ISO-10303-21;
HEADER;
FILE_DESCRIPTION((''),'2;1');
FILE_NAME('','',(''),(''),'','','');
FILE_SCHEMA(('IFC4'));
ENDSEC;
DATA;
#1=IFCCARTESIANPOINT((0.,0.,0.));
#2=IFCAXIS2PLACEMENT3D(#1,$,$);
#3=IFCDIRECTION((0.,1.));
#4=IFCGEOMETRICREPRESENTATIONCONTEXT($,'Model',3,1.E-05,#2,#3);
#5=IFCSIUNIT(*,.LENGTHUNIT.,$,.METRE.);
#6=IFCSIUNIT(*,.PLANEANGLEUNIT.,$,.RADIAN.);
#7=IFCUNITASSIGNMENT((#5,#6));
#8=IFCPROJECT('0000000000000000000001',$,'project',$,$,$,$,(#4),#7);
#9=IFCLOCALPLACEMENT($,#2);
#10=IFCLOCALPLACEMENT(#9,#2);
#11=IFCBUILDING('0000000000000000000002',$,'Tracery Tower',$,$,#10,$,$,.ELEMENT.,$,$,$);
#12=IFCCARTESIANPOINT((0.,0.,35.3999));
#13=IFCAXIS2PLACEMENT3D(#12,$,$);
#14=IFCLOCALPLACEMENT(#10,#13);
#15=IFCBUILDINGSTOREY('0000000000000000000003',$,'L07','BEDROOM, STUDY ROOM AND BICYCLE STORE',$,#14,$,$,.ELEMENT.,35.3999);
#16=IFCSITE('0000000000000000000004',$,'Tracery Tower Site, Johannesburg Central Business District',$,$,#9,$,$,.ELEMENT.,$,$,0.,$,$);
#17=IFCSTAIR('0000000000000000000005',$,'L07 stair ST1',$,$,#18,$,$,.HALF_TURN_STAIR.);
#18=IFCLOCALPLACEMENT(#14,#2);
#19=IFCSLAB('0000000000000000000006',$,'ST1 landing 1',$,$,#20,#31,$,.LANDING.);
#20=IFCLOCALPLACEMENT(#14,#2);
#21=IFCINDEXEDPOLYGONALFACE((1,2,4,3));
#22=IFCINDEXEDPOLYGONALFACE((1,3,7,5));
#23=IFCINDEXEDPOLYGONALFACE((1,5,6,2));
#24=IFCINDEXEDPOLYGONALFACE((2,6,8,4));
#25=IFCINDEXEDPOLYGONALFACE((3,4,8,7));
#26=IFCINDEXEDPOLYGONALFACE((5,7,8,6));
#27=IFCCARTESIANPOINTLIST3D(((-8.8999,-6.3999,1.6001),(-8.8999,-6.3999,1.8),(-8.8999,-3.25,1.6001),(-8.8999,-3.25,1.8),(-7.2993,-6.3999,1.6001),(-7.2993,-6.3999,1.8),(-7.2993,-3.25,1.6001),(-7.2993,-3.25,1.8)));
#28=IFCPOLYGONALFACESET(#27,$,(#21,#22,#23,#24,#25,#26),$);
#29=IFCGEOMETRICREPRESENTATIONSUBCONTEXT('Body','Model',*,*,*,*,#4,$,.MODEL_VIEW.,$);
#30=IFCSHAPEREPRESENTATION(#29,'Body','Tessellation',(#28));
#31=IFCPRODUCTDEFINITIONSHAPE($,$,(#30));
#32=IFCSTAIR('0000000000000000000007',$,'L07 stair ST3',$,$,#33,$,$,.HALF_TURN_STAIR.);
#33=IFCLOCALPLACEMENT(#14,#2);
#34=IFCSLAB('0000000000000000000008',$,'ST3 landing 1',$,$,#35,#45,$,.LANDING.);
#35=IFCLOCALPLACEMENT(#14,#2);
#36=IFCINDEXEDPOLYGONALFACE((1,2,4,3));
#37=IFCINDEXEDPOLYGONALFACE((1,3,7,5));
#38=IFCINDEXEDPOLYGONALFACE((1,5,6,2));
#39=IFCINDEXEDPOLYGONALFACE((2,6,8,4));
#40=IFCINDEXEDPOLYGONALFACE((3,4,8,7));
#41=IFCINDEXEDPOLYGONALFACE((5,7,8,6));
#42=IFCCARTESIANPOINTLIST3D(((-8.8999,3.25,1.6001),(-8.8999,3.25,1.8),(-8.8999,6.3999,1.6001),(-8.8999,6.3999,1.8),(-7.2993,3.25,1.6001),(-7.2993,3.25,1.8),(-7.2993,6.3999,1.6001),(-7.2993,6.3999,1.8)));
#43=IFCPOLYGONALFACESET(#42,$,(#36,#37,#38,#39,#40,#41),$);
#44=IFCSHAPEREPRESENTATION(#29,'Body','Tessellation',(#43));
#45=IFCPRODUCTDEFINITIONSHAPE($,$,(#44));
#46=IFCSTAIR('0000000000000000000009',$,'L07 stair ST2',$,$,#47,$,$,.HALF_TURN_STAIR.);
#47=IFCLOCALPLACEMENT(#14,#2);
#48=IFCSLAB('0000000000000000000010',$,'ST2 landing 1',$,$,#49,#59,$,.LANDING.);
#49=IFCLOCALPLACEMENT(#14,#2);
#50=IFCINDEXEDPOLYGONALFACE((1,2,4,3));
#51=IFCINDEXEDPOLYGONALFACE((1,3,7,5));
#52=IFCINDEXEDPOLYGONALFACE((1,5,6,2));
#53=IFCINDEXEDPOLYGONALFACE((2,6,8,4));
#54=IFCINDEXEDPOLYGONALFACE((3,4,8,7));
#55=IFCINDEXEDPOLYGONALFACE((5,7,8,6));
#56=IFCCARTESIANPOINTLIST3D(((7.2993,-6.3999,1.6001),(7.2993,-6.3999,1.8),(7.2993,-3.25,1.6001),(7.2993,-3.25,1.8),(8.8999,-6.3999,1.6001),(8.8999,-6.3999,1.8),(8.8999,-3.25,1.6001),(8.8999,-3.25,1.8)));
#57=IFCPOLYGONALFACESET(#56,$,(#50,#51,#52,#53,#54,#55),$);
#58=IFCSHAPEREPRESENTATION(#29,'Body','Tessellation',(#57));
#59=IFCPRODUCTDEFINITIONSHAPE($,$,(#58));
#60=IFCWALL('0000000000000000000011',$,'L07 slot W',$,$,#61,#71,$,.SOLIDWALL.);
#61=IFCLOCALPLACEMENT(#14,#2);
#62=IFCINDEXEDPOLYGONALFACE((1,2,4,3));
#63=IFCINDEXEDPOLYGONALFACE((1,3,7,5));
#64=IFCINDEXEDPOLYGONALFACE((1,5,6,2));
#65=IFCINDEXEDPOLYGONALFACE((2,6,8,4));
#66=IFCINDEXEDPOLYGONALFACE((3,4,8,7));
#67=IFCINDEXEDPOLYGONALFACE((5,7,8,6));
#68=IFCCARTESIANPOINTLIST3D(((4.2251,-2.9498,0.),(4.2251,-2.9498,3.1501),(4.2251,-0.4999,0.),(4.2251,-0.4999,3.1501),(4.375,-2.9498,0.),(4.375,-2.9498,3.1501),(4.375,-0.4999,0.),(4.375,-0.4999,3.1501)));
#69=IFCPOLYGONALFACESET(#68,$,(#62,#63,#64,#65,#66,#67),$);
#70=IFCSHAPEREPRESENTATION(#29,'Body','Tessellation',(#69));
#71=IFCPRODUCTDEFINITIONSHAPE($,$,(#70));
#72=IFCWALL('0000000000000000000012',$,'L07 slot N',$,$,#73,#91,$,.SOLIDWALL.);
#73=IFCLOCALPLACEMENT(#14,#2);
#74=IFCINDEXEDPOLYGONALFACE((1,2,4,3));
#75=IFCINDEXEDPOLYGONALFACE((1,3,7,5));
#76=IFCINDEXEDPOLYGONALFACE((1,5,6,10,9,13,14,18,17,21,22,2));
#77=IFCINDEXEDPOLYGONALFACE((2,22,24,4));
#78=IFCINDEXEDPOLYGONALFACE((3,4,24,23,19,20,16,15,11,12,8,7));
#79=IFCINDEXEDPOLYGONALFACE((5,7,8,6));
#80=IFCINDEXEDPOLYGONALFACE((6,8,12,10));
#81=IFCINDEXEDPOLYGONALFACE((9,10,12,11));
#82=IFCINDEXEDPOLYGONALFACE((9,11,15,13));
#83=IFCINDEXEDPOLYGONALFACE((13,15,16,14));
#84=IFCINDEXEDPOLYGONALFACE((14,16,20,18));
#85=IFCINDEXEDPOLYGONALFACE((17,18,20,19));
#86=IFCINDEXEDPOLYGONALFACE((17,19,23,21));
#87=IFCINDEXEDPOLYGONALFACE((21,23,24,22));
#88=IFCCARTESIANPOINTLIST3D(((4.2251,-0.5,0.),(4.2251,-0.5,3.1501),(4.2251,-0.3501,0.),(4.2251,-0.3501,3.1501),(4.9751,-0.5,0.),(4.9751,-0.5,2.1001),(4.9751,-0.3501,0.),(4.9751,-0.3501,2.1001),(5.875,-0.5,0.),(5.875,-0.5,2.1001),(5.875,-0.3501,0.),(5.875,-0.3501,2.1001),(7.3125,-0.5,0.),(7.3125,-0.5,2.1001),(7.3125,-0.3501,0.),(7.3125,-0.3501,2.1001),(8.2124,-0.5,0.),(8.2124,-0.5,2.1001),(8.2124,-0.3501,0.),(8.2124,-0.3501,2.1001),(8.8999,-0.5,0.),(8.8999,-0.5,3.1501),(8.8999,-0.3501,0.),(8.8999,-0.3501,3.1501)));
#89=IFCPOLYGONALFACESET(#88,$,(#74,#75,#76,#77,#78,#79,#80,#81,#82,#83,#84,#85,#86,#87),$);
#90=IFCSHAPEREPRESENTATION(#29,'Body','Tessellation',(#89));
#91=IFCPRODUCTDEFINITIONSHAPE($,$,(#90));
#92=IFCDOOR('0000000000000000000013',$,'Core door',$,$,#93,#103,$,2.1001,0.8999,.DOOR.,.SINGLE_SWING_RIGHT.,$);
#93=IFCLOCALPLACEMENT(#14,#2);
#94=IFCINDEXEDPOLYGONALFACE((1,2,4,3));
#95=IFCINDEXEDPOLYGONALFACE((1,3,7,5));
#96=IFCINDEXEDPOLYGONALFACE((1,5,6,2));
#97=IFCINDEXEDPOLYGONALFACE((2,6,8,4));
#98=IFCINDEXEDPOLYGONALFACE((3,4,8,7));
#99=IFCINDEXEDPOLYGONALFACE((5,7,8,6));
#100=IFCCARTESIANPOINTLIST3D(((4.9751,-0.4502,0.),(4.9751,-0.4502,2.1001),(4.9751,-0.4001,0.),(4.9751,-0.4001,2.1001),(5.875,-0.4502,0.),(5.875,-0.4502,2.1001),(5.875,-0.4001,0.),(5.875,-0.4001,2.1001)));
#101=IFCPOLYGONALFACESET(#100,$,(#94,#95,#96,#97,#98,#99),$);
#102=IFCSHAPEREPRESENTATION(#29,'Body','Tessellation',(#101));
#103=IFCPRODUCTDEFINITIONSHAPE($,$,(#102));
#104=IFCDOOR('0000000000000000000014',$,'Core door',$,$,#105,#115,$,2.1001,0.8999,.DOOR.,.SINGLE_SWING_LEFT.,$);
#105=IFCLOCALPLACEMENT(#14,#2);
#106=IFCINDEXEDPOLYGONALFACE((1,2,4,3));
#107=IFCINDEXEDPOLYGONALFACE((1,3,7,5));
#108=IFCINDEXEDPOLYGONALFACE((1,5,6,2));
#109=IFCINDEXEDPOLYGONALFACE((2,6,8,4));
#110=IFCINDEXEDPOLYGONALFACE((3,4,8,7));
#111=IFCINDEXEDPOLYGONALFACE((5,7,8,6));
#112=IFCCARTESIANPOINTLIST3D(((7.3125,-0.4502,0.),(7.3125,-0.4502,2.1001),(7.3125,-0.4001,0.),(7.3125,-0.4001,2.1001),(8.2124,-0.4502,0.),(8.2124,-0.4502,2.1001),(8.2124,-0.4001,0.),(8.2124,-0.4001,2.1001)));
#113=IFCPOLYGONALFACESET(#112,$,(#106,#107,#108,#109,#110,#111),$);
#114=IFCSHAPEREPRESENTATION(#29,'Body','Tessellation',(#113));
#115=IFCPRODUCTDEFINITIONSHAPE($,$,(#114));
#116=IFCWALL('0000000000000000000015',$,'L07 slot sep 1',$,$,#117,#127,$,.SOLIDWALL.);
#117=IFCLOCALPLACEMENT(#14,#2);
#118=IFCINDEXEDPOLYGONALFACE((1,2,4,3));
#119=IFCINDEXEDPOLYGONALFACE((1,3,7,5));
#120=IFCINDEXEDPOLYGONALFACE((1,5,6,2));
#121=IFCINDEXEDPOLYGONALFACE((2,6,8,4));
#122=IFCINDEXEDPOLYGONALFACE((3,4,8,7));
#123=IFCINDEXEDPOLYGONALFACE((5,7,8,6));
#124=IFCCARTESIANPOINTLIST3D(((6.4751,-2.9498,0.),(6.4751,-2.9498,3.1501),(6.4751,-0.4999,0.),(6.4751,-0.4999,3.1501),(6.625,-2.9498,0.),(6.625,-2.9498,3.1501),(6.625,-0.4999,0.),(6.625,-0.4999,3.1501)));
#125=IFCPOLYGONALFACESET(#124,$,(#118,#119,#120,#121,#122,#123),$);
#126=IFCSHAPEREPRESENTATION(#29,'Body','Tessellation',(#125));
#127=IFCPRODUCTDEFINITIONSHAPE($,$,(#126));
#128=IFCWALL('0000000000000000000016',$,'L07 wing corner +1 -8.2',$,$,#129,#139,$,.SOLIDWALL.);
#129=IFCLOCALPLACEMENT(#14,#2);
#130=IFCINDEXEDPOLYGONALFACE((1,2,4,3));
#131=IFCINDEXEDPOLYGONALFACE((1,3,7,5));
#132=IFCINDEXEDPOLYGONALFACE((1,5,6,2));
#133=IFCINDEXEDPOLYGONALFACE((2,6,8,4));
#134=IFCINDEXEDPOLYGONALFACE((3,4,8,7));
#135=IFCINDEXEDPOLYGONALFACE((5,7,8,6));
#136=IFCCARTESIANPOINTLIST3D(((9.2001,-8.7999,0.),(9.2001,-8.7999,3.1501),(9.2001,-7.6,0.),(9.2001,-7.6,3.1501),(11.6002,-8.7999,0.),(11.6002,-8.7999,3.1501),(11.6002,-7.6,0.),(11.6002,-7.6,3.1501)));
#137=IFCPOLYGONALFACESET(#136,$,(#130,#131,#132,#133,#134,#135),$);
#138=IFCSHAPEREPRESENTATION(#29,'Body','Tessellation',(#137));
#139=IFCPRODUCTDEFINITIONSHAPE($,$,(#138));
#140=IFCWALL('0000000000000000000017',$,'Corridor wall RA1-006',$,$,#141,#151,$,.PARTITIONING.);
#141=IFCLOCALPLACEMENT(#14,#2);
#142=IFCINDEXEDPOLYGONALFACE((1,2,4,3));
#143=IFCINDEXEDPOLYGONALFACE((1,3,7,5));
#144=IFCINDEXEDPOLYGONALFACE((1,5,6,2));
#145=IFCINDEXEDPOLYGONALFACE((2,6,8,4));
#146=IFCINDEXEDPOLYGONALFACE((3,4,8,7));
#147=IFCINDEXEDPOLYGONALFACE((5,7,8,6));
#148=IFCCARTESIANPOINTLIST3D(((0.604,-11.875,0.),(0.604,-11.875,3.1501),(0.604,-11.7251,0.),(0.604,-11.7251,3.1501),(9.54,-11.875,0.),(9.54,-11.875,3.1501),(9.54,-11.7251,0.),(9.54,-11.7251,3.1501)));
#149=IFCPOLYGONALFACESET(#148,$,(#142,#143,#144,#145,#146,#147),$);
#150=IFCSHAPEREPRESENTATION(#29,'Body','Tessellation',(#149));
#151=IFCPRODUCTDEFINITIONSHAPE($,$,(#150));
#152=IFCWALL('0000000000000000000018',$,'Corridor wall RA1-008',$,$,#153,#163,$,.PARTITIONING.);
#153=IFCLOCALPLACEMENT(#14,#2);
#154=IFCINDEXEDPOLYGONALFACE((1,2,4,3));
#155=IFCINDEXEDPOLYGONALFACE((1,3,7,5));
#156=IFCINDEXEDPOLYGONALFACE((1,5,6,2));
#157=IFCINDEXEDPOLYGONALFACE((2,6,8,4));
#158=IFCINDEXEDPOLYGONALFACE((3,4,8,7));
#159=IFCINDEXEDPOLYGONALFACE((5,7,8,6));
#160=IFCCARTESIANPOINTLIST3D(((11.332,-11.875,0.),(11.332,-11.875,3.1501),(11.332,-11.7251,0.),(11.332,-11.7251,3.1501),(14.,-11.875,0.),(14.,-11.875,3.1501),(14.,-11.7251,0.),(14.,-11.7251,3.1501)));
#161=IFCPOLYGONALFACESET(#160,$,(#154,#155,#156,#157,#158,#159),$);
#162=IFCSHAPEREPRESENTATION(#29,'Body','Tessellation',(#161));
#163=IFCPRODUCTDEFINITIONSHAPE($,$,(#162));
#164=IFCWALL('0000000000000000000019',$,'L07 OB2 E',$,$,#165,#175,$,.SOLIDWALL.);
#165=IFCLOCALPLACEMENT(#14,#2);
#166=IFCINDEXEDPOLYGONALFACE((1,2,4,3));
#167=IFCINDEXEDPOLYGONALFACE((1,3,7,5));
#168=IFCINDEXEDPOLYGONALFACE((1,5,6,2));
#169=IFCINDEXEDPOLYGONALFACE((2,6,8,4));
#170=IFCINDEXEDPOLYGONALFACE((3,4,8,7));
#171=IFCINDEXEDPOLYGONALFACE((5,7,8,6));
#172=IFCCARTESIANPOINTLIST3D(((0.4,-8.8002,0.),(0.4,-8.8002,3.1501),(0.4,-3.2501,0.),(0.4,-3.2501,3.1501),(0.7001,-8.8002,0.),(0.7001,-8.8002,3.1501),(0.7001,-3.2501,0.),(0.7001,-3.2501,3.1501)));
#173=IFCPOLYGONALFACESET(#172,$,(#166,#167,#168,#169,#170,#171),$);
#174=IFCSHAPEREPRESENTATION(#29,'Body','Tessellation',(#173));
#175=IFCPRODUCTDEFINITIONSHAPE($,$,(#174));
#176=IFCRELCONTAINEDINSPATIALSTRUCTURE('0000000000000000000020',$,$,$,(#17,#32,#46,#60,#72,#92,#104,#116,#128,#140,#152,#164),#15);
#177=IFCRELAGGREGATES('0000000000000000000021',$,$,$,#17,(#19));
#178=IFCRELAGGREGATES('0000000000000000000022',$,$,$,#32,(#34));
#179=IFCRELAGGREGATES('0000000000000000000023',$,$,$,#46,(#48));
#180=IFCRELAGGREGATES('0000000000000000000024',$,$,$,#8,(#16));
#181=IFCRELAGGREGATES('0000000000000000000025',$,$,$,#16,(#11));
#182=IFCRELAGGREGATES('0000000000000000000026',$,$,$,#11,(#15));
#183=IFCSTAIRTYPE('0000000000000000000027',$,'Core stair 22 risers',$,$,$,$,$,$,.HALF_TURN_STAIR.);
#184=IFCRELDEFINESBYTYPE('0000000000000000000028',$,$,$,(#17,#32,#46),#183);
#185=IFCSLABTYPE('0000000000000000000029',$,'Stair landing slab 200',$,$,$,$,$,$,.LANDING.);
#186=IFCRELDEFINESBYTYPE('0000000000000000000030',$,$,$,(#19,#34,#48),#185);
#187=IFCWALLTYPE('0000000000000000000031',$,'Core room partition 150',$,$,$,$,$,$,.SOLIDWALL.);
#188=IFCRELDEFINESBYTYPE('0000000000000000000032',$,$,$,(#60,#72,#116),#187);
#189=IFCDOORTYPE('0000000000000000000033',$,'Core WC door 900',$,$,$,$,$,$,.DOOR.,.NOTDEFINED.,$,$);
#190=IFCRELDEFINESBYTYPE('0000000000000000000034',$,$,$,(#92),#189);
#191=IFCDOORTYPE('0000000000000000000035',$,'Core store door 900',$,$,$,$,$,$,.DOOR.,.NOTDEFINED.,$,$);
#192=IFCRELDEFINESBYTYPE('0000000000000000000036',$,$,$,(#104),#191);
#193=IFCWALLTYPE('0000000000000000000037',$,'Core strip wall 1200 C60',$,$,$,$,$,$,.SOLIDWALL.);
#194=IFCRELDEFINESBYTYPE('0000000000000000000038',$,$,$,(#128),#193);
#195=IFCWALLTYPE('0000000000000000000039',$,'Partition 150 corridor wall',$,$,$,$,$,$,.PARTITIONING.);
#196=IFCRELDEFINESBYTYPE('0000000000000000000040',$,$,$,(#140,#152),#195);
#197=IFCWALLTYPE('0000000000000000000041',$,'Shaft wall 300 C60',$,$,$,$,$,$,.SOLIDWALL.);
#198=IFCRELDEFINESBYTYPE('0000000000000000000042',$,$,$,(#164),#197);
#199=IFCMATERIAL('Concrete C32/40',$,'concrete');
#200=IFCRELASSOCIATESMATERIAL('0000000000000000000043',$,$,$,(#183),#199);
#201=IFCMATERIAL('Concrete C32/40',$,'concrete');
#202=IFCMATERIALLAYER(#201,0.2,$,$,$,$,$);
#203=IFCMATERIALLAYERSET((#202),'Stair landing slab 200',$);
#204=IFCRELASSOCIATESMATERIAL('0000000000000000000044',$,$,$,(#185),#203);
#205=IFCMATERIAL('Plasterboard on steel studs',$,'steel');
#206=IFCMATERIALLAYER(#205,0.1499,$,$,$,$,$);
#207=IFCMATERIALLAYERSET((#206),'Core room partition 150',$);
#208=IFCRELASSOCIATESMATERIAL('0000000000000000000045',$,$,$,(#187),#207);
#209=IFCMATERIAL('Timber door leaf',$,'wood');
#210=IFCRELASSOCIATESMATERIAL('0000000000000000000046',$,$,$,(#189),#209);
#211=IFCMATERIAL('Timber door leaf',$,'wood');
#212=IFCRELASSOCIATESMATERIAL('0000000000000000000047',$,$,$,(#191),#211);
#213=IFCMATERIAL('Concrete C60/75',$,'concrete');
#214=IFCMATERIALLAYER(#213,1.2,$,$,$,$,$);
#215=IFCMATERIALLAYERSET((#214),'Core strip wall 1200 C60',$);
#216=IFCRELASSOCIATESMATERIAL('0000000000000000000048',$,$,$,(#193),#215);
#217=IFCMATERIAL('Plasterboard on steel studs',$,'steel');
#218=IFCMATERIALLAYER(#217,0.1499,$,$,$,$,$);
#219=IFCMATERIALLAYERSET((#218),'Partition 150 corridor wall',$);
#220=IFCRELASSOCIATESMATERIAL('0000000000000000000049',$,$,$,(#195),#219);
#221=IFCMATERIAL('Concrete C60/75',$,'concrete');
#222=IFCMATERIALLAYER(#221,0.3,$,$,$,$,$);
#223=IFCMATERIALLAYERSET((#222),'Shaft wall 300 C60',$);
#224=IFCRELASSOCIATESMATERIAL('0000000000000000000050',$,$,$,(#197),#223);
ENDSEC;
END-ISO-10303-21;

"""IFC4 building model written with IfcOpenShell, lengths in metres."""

from ifc_helpers import new_model, si_unit, direction, frame, frame_2d, origin, place, context, subcontext, project, spatial, polyline, rectangle, outline, extrude, material, layer, layer_set, type_object, element, fill, aggregate, save


model = new_model("IFC4")

# Units and contexts
model_context = context("Model", 3, precision=1e-05, world=origin(), true_north=direction((0.0, 1.0)))
body_context = subcontext(model_context, "Body", "Model", "MODEL_VIEW")
ifc_project = project(units=[si_unit("LENGTHUNIT", "METRE"), si_unit("PLANEANGLEUNIT", "RADIAN")], contexts=[model_context])

# Site, building, storey
site_placement = place(None, origin())
site = spatial("IfcSite", under=ifc_project, at=site_placement, Name="Tracery Tower Site, Johannesburg Central Business District", CompositionType="ELEMENT", RefElevation=0.0)
building_placement = place(site_placement, origin())
building = spatial("IfcBuilding", under=site, at=building_placement, Name="Tracery Tower", CompositionType="ELEMENT")
storey_placement = place(building_placement, frame((0.0, 0.0, 35.3999)))
storey = spatial("IfcBuildingStorey", under=building, at=storey_placement, Name="L07", Description="BEDROOM, STUDY ROOM AND BICYCLE STORE", CompositionType="ELEMENT", Elevation=35.3999)

# Stairs, slabs
ifc_material_1 = material(Name="Concrete C32/40", Category="concrete")
stair_type = type_object("IfcStairType", Name="Core stair 22 risers", PredefinedType="HALF_TURN_STAIR", material=ifc_material_1)
stair_1_placement = place(storey_placement, origin())
stair_1 = element("IfcStair", 1, at=stair_1_placement, inside=storey, type_object=stair_type, Name="L07 stair ST1", PredefinedType="HALF_TURN_STAIR")
ifc_material_2 = material(Name="Concrete C32/40", Category="concrete")
ifc_layer_1 = layer(ifc_material_2, 0.2)
ifc_layer_set_1 = layer_set([ifc_layer_1], Name="Stair landing slab 200")
slab_type_1 = type_object("IfcSlabType", Name="Stair landing slab 200", PredefinedType="LANDING", material=ifc_layer_set_1)
slab_1_placement = place(storey_placement, frame((0.0, 0.0, 1.6001)))
slab_1 = element("IfcSlab", 2, at=slab_1_placement, type_object=slab_type_1, Name="ST1 landing 1", PredefinedType="LANDING", context=body_context, shape_type="SweptSolid", body=[
    extrude(outline(polyline([(-7.2993, -3.25), (-8.8999, -3.25), (-8.8999, -6.3999), (-7.2993, -6.3999), (-7.2993, -3.25)])), origin(), (0.0, 0.0, 1.0), 0.2),
])
aggregate(stair_1, [slab_1])
stair_2_placement = place(storey_placement, origin())
stair_2 = element("IfcStair", 3, at=stair_2_placement, inside=storey, type_object=stair_type, Name="L07 stair ST3", PredefinedType="HALF_TURN_STAIR")
slab_2_placement = place(storey_placement, frame((0.0, 0.0, 1.6001)))
slab_2 = element("IfcSlab", 4, at=slab_2_placement, type_object=slab_type_1, Name="ST3 landing 1", PredefinedType="LANDING", context=body_context, shape_type="SweptSolid", body=[
    extrude(outline(polyline([(-7.2993, 6.3999), (-8.8999, 6.3999), (-8.8999, 3.25), (-7.2993, 3.25), (-7.2993, 6.3999)])), origin(), (0.0, 0.0, 1.0), 0.2),
])
aggregate(stair_2, [slab_2])
stair_3_placement = place(storey_placement, origin())
stair_3 = element("IfcStair", 5, at=stair_3_placement, inside=storey, type_object=stair_type, Name="L07 stair ST2", PredefinedType="HALF_TURN_STAIR")
slab_3_placement = place(storey_placement, frame((0.0, 0.0, 1.6001)))
slab_3 = element("IfcSlab", 6, at=slab_3_placement, type_object=slab_type_1, Name="ST2 landing 1", PredefinedType="LANDING", context=body_context, shape_type="SweptSolid", body=[
    extrude(outline(polyline([(7.2993, -6.3999), (8.8999, -6.3999), (8.8999, -3.25), (7.2993, -3.25), (7.2993, -6.3999)])), origin(), (0.0, 0.0, 1.0), 0.2),
])

# Wall
ifc_material_3 = material(Name="Plasterboard on steel studs", Category="steel")
ifc_layer_2 = layer(ifc_material_3, 0.1499)
ifc_layer_set_2 = layer_set([ifc_layer_2], Name="Core room partition 150")
wall_type_1 = type_object("IfcWallType", Name="Core room partition 150", PredefinedType="SOLIDWALL", material=ifc_layer_set_2)
wall_1_placement = place(storey_placement, frame((4.3, -2.95, 0.0), z_axis=(0.0, 0.0, 1.0), x_axis=(0.0, 1.0, 0.0)))
element("IfcWall", 7, at=wall_1_placement, inside=storey, type_object=wall_type_1, Name="L07 slot W", PredefinedType="SOLIDWALL", context=body_context, shape_type="SweptSolid", body=[
    extrude(rectangle(XDim=2.45, YDim=0.1499, at=frame_2d((1.2251, 0.0))), origin(), (0.0, 0.0, 1.0), 3.1501),
])

# Wall, openings, doors
wall_2_placement = place(storey_placement, frame((4.2251, -0.425, 0.0), z_axis=(0.0, 0.0, 1.0), x_axis=(1.0, 0.0, 0.0)))
wall_2 = element("IfcWall", 8, at=wall_2_placement, inside=storey, type_object=wall_type_1, Name="L07 slot N", PredefinedType="SOLIDWALL", context=body_context, shape_type="SweptSolid", body=[
    extrude(rectangle(XDim=4.6748, YDim=0.1499, at=frame_2d((2.3374, 0.0))), origin(), (0.0, 0.0, 1.0), 3.1501),
])
opening_1_placement = place(wall_2_placement, frame((0.75, 0.0, 0.0)))
opening_1 = element("IfcOpeningElement", 9, at=opening_1_placement, cuts=wall_2, PredefinedType="OPENING", context=body_context, shape_type="SweptSolid", body=[
    extrude(rectangle(XDim=0.8999, YDim=2.1001, at=frame_2d((0.45, 1.05))), frame((0.0, 0.075, 0.0), z_axis=(0.0, -1.0, 0.0), x_axis=(1.0, 0.0, 0.0)), (0.0, 0.0, 1.0), 0.1499),
])
opening_2_placement = place(wall_2_placement, frame((3.0874, 0.0, 0.0)))
opening_2 = element("IfcOpeningElement", 10, at=opening_2_placement, cuts=wall_2, PredefinedType="OPENING", context=body_context, shape_type="SweptSolid", body=[
    extrude(rectangle(XDim=0.8999, YDim=2.1001, at=frame_2d((0.45, 1.05))), frame((0.0, 0.075, 0.0), z_axis=(0.0, -1.0, 0.0), x_axis=(1.0, 0.0, 0.0)), (0.0, 0.0, 1.0), 0.1499),
])
ifc_material_4 = material(Name="Timber door leaf", Category="wood")
door_type_1 = type_object("IfcDoorType", Name="Core WC door 900", OperationType="NOTDEFINED", PredefinedType="DOOR", material=ifc_material_4)
door_1_placement = place(opening_1_placement, origin())
door_1 = element("IfcDoor", 11, at=door_1_placement, inside=storey, type_object=door_type_1, Name="Core door", OperationType="SINGLE_SWING_RIGHT", OverallHeight=2.1001, OverallWidth=0.8999, PredefinedType="DOOR", context=body_context, shape_type="SweptSolid", body=[
    extrude(rectangle(XDim=0.8999, YDim=2.1001, at=frame_2d((0.45, 1.05))), frame((0.0, 0.0249, 0.0), z_axis=(0.0, -1.0, 0.0), x_axis=(1.0, 0.0, 0.0)), (0.0, 0.0, 1.0), 0.05),
])
fill(opening_1, door_1)
ifc_material_5 = material(Name="Timber door leaf", Category="wood")
door_type_2 = type_object("IfcDoorType", Name="Core store door 900", OperationType="NOTDEFINED", PredefinedType="DOOR", material=ifc_material_5)
door_2_placement = place(opening_2_placement, origin())
door_2 = element("IfcDoor", 12, at=door_2_placement, inside=storey, type_object=door_type_2, Name="Core door", OperationType="SINGLE_SWING_LEFT", OverallHeight=2.1001, OverallWidth=0.8999, PredefinedType="DOOR", context=body_context, shape_type="SweptSolid", body=[
    extrude(rectangle(XDim=0.8999, YDim=2.1001, at=frame_2d((0.45, 1.05))), frame((0.0, 0.0249, 0.0), z_axis=(0.0, -1.0, 0.0), x_axis=(1.0, 0.0, 0.0)), (0.0, 0.0, 1.0), 0.05),
])
fill(opening_2, door_2)

# Walls
wall_3_placement = place(storey_placement, frame((6.55, -2.95, 0.0), z_axis=(0.0, 0.0, 1.0), x_axis=(0.0, 1.0, 0.0)))
element("IfcWall", 13, at=wall_3_placement, inside=storey, type_object=wall_type_1, Name="L07 slot sep 1", PredefinedType="SOLIDWALL", context=body_context, shape_type="SweptSolid", body=[
    extrude(rectangle(XDim=2.45, YDim=0.1499, at=frame_2d((1.2251, 0.0))), origin(), (0.0, 0.0, 1.0), 3.1501),
])
ifc_material_6 = material(Name="Concrete C60/75", Category="concrete")
ifc_layer_3 = layer(ifc_material_6, 1.2)
ifc_layer_set_3 = layer_set([ifc_layer_3], Name="Core strip wall 1200 C60")
wall_type_2 = type_object("IfcWallType", Name="Core strip wall 1200 C60", PredefinedType="SOLIDWALL", material=ifc_layer_set_3)
wall_4_placement = place(storey_placement, frame((9.2, -8.2, 0.0), z_axis=(0.0, 0.0, 1.0), x_axis=(1.0, 0.0, 0.0)))
element("IfcWall", 14, at=wall_4_placement, inside=storey, type_object=wall_type_2, Name="L07 wing corner +1 -8.2", PredefinedType="SOLIDWALL", context=body_context, shape_type="SweptSolid", body=[
    extrude(rectangle(XDim=2.4001, YDim=1.2, at=frame_2d((1.2002, 0.0))), origin(), (0.0, 0.0, 1.0), 3.1501),
])
ifc_material_7 = material(Name="Plasterboard on steel studs", Category="steel")
ifc_layer_4 = layer(ifc_material_7, 0.1499)
ifc_layer_set_4 = layer_set([ifc_layer_4], Name="Partition 150 corridor wall")
wall_type_3 = type_object("IfcWallType", Name="Partition 150 corridor wall", PredefinedType="PARTITIONING", material=ifc_layer_set_4)
wall_5_placement = place(storey_placement, frame((0.604, -11.8, 0.0), z_axis=(0.0, 0.0, 1.0), x_axis=(1.0, 0.0, 0.0)))
element("IfcWall", 15, at=wall_5_placement, inside=storey, type_object=wall_type_3, Name="Corridor wall RA1-006", PredefinedType="PARTITIONING", context=body_context, shape_type="SweptSolid", body=[
    extrude(rectangle(XDim=8.936, YDim=0.1499, at=frame_2d((4.468, 0.0))), origin(), (0.0, 0.0, 1.0), 3.1501),
])
wall_6_placement = place(storey_placement, frame((11.332, -11.8, 0.0), z_axis=(0.0, 0.0, 1.0), x_axis=(1.0, 0.0, 0.0)))
element("IfcWall", 16, at=wall_6_placement, inside=storey, type_object=wall_type_3, Name="Corridor wall RA1-008", PredefinedType="PARTITIONING", context=body_context, shape_type="SweptSolid", body=[
    extrude(rectangle(XDim=2.668, YDim=0.1499, at=frame_2d((1.334, 0.0))), origin(), (0.0, 0.0, 1.0), 3.1501),
])
ifc_material_8 = material(Name="Concrete C60/75", Category="concrete")
ifc_layer_5 = layer(ifc_material_8, 0.3)
ifc_layer_set_5 = layer_set([ifc_layer_5], Name="Shaft wall 300 C60")
wall_type_4 = type_object("IfcWallType", Name="Shaft wall 300 C60", PredefinedType="SOLIDWALL", material=ifc_layer_set_5)
wall_7_placement = place(storey_placement, frame((0.55, -8.8, 0.0), z_axis=(0.0, 0.0, 1.0), x_axis=(0.0, 1.0, 0.0)))
element("IfcWall", 17, at=wall_7_placement, inside=storey, type_object=wall_type_4, Name="L07 OB2 E", PredefinedType="SOLIDWALL", context=body_context, shape_type="SweptSolid", body=[
    extrude(rectangle(XDim=5.55, YDim=0.3, at=frame_2d((2.7749, 0.0))), origin(), (0.0, 0.0, 1.0), 3.1501),
])

aggregate(stair_3, [slab_3])

save(model, "model.ifc")
